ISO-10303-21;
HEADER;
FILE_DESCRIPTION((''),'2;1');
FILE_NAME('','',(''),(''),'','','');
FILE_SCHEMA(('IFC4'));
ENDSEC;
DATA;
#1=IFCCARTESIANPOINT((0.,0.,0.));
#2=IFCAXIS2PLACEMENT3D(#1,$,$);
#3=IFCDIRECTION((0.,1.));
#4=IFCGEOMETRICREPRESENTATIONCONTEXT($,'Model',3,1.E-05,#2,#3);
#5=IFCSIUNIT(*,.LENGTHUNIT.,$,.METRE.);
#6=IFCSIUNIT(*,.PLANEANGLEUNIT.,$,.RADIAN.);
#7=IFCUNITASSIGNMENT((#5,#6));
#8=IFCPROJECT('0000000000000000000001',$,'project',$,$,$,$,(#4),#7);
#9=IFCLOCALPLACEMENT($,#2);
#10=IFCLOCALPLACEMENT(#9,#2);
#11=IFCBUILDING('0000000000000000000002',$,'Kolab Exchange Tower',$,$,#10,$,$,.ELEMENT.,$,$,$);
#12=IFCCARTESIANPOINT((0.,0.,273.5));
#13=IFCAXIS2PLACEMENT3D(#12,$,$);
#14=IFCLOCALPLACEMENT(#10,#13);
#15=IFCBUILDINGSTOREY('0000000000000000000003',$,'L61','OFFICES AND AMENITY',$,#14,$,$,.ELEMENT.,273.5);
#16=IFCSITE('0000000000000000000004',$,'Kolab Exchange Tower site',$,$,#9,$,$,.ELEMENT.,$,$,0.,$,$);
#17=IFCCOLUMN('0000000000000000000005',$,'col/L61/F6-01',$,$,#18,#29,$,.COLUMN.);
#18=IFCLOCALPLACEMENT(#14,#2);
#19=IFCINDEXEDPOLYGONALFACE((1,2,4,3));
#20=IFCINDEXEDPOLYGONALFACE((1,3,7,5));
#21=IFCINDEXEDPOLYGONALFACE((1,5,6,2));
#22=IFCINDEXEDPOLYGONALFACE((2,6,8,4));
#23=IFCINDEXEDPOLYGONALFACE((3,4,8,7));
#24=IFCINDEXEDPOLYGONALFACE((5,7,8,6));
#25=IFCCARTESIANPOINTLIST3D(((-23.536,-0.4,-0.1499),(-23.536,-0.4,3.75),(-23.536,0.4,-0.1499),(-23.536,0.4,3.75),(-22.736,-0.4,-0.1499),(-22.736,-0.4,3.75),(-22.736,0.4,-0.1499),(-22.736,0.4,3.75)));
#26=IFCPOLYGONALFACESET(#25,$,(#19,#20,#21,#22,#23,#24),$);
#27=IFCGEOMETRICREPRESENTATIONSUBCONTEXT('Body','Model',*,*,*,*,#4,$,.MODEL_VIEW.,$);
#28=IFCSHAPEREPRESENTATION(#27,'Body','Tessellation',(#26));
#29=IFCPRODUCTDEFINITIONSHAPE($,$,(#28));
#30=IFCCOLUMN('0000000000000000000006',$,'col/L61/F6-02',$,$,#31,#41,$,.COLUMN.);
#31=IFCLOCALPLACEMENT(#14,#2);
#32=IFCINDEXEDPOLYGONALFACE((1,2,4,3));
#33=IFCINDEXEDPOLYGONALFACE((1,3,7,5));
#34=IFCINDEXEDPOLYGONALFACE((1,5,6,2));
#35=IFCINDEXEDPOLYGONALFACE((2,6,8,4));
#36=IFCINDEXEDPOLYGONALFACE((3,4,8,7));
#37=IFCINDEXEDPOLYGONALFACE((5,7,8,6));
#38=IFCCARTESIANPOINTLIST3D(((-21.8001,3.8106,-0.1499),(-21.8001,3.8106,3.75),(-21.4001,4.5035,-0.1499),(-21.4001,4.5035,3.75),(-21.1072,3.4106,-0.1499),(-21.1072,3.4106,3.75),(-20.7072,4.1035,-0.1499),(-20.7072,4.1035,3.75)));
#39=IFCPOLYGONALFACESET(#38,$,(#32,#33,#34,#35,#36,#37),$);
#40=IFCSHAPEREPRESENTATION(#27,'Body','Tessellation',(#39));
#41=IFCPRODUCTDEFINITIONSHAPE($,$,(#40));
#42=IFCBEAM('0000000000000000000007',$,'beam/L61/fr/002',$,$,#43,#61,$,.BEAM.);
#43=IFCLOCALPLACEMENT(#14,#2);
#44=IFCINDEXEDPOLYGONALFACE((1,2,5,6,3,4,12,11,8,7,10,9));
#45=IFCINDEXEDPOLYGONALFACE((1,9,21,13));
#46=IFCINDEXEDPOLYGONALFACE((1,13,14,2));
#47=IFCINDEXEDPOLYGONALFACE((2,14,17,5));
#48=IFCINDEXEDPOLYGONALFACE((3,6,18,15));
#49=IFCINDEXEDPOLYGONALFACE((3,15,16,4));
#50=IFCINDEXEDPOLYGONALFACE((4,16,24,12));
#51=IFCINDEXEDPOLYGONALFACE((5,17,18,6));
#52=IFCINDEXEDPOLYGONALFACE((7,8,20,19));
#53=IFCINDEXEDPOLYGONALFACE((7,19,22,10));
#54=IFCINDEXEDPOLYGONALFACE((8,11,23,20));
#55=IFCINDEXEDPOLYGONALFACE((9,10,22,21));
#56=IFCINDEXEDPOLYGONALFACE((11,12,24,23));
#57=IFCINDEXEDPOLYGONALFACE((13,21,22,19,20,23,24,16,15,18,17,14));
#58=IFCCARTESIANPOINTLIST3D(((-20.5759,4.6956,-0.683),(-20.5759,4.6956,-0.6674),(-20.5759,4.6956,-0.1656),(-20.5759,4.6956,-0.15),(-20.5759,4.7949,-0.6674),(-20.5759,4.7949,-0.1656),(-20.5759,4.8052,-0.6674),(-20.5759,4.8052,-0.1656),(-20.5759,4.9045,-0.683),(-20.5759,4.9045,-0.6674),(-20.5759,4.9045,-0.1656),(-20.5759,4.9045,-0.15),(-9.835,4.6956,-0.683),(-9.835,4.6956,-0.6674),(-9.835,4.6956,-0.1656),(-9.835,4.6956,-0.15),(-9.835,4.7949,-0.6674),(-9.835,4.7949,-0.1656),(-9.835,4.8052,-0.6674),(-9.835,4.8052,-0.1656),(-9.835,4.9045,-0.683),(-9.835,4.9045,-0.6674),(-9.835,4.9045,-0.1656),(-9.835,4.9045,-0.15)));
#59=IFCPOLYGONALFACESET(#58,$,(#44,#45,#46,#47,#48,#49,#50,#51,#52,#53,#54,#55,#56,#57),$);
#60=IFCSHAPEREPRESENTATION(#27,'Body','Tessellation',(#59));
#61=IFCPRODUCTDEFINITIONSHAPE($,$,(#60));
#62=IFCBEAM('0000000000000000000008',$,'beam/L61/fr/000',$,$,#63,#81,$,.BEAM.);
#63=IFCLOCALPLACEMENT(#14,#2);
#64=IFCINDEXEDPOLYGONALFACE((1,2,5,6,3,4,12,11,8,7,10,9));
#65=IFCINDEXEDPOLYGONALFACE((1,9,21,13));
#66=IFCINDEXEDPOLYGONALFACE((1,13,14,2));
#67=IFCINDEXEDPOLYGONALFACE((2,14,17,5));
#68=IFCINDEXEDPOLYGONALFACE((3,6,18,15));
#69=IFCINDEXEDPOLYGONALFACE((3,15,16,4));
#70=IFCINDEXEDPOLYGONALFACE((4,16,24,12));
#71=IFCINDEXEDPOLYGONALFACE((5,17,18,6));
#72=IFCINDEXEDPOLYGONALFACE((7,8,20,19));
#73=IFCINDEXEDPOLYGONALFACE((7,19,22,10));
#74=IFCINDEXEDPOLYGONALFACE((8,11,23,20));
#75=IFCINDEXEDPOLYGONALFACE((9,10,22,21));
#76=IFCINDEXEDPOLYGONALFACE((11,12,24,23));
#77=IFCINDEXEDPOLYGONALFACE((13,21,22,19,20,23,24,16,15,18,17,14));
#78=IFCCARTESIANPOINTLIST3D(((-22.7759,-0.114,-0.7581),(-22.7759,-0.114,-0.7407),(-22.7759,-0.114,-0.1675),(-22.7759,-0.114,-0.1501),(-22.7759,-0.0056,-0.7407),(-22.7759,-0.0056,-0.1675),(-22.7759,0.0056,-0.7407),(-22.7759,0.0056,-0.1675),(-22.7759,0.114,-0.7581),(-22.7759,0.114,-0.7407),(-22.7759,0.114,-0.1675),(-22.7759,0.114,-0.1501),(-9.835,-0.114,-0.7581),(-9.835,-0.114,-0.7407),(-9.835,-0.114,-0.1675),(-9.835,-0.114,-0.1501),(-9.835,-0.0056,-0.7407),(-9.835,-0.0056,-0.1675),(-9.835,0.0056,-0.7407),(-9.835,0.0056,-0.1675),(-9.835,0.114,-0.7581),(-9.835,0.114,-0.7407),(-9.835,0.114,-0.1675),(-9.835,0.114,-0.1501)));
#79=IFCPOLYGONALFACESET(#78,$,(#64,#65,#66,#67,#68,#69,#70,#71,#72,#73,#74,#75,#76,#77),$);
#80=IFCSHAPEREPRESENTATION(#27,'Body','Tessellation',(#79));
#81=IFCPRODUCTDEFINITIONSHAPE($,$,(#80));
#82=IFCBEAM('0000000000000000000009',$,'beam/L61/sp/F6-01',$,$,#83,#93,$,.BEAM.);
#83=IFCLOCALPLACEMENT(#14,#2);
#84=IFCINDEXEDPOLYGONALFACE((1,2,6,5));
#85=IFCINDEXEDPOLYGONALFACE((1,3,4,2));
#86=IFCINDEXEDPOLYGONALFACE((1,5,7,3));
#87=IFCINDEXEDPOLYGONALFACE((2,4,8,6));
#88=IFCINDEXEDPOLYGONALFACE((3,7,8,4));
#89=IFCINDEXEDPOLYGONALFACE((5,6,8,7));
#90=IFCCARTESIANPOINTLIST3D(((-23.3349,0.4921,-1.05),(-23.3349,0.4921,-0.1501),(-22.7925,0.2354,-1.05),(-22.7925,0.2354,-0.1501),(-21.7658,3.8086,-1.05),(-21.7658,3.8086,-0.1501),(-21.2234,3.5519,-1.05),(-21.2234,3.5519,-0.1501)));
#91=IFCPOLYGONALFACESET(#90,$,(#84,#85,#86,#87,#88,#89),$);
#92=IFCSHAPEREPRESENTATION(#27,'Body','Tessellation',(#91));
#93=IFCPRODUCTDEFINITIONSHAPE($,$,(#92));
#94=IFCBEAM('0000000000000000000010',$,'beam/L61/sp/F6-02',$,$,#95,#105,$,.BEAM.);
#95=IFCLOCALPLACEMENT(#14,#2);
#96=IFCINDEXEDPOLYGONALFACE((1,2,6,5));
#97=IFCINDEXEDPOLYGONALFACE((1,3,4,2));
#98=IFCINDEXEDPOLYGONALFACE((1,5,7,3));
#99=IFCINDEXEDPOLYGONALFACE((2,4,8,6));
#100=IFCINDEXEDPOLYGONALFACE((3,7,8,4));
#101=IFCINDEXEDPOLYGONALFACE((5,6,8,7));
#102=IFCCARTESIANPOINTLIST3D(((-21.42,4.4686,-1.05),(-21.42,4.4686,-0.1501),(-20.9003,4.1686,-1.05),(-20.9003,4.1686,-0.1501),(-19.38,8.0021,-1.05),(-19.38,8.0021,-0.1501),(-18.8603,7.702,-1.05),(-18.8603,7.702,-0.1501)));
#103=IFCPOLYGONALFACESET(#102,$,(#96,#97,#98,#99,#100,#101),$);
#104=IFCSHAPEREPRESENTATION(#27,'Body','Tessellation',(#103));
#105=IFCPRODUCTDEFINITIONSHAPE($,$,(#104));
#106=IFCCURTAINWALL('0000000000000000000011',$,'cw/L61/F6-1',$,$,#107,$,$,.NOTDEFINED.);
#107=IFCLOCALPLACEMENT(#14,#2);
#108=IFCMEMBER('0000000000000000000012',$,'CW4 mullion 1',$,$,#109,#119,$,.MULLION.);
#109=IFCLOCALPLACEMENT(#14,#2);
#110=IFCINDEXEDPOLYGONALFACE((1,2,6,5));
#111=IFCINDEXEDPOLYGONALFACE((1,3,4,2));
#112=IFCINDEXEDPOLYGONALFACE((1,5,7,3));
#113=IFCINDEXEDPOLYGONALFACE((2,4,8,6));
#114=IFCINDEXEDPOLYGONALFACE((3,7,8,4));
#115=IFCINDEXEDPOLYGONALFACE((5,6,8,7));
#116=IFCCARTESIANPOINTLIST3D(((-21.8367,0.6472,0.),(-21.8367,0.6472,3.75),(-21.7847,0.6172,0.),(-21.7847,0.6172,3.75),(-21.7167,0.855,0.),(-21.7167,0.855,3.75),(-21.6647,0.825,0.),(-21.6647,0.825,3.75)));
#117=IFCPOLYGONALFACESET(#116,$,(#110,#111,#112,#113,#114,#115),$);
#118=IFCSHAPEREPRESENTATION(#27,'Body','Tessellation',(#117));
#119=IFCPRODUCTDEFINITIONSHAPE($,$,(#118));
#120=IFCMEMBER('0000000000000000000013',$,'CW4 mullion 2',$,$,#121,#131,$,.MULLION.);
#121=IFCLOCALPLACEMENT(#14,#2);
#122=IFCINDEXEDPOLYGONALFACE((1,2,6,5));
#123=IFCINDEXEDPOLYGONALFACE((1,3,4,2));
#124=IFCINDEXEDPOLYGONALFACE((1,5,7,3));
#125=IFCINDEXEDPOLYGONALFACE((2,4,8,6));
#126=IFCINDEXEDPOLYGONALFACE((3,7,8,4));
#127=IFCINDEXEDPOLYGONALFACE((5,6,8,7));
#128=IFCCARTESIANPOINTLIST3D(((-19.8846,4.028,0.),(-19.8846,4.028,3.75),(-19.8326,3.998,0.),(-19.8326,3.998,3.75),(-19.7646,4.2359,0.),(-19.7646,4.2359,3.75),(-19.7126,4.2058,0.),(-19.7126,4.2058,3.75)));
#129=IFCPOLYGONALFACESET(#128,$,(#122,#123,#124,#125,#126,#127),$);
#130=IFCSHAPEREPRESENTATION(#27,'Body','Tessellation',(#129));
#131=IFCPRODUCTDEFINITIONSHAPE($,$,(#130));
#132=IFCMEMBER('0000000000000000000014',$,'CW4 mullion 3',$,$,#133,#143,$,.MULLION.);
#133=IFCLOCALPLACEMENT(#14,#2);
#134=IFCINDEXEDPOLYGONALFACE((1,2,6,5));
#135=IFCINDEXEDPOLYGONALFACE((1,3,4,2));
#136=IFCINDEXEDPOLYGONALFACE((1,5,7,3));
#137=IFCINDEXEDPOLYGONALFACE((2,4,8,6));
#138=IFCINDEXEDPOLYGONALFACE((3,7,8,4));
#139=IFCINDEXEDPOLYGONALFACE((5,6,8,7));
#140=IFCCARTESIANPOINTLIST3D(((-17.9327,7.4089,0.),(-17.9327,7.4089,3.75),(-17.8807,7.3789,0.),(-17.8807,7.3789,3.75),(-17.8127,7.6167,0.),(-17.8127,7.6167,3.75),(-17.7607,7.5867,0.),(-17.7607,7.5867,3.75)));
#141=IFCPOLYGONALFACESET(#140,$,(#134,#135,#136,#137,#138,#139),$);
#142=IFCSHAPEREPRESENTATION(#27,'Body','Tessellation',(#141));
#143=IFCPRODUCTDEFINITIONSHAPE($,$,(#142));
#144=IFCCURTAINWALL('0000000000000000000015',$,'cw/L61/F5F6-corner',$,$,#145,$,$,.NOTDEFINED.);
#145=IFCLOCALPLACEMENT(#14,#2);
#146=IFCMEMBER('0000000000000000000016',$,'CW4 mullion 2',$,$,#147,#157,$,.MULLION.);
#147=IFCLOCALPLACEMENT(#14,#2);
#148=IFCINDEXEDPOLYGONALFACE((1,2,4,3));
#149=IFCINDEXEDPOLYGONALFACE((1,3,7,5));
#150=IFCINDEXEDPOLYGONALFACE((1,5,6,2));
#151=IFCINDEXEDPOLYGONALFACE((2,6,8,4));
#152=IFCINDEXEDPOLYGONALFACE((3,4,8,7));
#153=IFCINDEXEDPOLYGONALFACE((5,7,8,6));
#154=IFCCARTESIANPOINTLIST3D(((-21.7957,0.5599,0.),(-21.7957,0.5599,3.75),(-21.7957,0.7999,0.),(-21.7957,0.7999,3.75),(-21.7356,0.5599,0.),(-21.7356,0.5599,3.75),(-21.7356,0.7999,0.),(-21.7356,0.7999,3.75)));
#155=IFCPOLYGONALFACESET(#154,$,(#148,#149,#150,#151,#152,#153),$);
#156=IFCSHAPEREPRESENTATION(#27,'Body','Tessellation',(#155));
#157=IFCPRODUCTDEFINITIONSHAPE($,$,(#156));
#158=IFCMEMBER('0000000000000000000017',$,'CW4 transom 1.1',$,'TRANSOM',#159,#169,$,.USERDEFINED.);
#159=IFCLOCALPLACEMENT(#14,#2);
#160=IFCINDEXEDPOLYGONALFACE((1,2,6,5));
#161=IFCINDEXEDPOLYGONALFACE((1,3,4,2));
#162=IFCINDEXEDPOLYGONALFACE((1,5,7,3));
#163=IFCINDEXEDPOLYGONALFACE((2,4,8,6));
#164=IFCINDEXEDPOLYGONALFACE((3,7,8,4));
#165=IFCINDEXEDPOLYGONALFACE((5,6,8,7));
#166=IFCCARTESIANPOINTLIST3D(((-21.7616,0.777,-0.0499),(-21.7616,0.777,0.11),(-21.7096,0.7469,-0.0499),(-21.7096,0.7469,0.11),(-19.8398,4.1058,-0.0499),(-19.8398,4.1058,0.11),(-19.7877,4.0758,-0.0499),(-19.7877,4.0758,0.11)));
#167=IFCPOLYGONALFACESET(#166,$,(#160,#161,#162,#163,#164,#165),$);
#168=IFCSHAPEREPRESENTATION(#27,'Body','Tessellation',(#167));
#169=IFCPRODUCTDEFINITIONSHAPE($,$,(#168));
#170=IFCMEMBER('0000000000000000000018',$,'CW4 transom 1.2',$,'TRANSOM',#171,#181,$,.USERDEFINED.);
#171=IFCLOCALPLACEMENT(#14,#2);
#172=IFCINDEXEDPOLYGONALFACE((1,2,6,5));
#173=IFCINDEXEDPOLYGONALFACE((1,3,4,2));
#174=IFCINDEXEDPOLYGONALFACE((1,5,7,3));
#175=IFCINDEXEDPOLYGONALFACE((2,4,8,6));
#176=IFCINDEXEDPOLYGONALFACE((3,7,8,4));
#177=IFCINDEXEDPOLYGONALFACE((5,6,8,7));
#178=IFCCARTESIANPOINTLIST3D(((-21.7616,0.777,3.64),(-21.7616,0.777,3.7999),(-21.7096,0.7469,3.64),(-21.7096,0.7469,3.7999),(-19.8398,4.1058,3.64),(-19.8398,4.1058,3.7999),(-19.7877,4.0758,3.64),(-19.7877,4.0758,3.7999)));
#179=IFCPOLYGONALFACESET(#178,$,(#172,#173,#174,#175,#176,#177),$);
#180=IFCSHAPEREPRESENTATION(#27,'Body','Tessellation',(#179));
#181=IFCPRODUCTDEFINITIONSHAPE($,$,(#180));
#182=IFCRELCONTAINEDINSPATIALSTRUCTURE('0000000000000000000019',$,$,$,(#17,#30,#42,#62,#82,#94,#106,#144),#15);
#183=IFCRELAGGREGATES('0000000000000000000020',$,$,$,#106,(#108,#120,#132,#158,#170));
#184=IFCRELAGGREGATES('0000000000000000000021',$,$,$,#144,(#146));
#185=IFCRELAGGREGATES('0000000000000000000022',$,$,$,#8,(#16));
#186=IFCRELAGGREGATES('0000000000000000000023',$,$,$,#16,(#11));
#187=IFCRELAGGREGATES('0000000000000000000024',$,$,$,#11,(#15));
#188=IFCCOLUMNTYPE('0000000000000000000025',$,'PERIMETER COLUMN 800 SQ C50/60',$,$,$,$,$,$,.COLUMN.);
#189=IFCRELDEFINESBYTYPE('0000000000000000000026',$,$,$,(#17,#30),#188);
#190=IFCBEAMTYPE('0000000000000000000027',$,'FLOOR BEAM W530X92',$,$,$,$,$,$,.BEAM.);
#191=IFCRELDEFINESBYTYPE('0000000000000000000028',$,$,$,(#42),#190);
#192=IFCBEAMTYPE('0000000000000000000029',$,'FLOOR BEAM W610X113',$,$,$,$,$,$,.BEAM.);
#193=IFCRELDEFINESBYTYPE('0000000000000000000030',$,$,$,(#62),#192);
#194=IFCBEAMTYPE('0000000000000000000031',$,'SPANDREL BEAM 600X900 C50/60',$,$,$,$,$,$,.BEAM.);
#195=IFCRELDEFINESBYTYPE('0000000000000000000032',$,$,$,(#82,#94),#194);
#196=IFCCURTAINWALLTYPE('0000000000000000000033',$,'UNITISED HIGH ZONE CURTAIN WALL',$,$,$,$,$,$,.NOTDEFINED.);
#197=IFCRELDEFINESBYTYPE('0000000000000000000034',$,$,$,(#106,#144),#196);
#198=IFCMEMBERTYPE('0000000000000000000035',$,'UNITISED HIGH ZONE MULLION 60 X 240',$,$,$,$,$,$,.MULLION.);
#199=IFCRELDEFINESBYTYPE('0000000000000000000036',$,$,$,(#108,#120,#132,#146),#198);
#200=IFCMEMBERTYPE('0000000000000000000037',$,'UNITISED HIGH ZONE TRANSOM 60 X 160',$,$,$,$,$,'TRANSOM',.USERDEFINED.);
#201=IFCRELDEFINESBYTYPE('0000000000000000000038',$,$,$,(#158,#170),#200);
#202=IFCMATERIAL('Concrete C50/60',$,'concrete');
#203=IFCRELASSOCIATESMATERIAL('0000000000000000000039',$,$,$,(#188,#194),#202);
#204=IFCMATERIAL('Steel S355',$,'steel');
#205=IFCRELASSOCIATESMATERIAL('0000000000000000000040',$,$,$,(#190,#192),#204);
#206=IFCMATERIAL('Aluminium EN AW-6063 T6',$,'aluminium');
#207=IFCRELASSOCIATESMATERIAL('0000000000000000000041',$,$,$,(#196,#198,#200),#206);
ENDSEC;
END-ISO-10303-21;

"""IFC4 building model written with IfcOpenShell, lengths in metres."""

from ifc_helpers import new_model, si_unit, direction, frame, origin, origin_2d, place, context, subcontext, project, spatial, rectangle, i_section, extrude, material, material_profile, profile_set, type_object, element, aggregate, save


model = new_model("IFC4")

# Units and contexts
model_context = context("Model", 3, precision=1e-05, world=origin(), true_north=direction((0.0, 1.0)))
body_context = subcontext(model_context, "Body", "Model", "MODEL_VIEW")
ifc_project = project(units=[si_unit("LENGTHUNIT", "METRE"), si_unit("PLANEANGLEUNIT", "RADIAN")], contexts=[model_context])

# Site, building, storey
site_placement = place(None, origin())
site = spatial("IfcSite", under=ifc_project, at=site_placement, Name="Kolab Exchange Tower site", CompositionType="ELEMENT", RefElevation=0.0)
building_placement = place(site_placement, origin())
building = spatial("IfcBuilding", under=site, at=building_placement, Name="Kolab Exchange Tower", CompositionType="ELEMENT")
storey_placement = place(building_placement, frame((0.0, 0.0, 273.5)))
storey = spatial("IfcBuildingStorey", under=building, at=storey_placement, Name="L61", Description="OFFICES AND AMENITY", CompositionType="ELEMENT", Elevation=273.5)

# Columns
ifc_material_1 = material(Name="Concrete C50/60", Category="concrete")
ifc_material_profile_1 = material_profile(ifc_material_1, rectangle(XDim=0.8, YDim=0.8, at=origin_2d()), Name="RC800")
ifc_profile_set_1 = profile_set([ifc_material_profile_1], Name="Concrete C50/60")
column_type = type_object("IfcColumnType", Name="PERIMETER COLUMN 800 SQ C50/60", PredefinedType="COLUMN", material=ifc_profile_set_1)
for number, where, z_axis, x_axis, name in (
    (1, (-23.136, 0.0, -0.1499), (0.0, 0.0, 1.0), (1.0, 0.0, 0.0), "col/L61/F6-01"),
    (2, (-21.2537, 3.957, -0.1499), (0.0, 0.0, 1.0), (0.5, 0.866025, 0.0), "col/L61/F6-02"),
):
    element("IfcColumn", number, at=place(storey_placement, frame(where, z_axis=z_axis, x_axis=x_axis)), inside=storey, type_object=column_type, Name=name, PredefinedType="COLUMN", context=body_context, shape_type="SweptSolid", body=[
        extrude(rectangle(XDim=0.8, YDim=0.8, at=origin_2d()), origin(), (0.0, 0.0, 1.0), 3.8999),
    ])

# Beams
ifc_material_2 = material(Name="Steel S355", Category="steel")
ifc_material_profile_2 = material_profile(ifc_material_2, i_section(OverallWidth=0.209, OverallDepth=0.533, WebThickness=0.0103, FlangeThickness=0.0156, at=origin_2d()), Name="W530X92")
ifc_profile_set_2 = profile_set([ifc_material_profile_2], Name="Steel S355")
beam_type_1 = type_object("IfcBeamType", Name="FLOOR BEAM W530X92", PredefinedType="BEAM", material=ifc_profile_set_2)
beam_1_placement = place(storey_placement, frame((-20.5759, 4.8, -0.4165), z_axis=(1.0, 0.0, 0.0), x_axis=(0.0, 1.0, 0.0)))
element("IfcBeam", 3, at=beam_1_placement, inside=storey, type_object=beam_type_1, Name="beam/L61/fr/002", PredefinedType="BEAM", context=body_context, shape_type="SweptSolid", body=[
    extrude(i_section(OverallWidth=0.209, OverallDepth=0.533, WebThickness=0.0103, FlangeThickness=0.0156, at=origin_2d()), origin(), (0.0, 0.0, 1.0), 10.741),
])
ifc_material_profile_3 = material_profile(ifc_material_2, i_section(OverallWidth=0.228, OverallDepth=0.6079, WebThickness=0.0112, FlangeThickness=0.0173, at=origin_2d()), Name="W610X113")
ifc_profile_set_3 = profile_set([ifc_material_profile_3], Name="Steel S355")
beam_type_2 = type_object("IfcBeamType", Name="FLOOR BEAM W610X113", PredefinedType="BEAM", material=ifc_profile_set_3)
beam_2_placement = place(storey_placement, frame((-22.7759, 0.0, -0.4541), z_axis=(1.0, 0.0, 0.0), x_axis=(0.0, 1.0, 0.0)))
element("IfcBeam", 4, at=beam_2_placement, inside=storey, type_object=beam_type_2, Name="beam/L61/fr/000", PredefinedType="BEAM", context=body_context, shape_type="SweptSolid", body=[
    extrude(i_section(OverallWidth=0.228, OverallDepth=0.6079, WebThickness=0.0112, FlangeThickness=0.0173, at=origin_2d()), origin(), (0.0, 0.0, 1.0), 12.9409),
])
ifc_material_profile_4 = material_profile(ifc_material_1, rectangle(XDim=0.6001, YDim=0.8999, at=origin_2d()), Name="RC600X900")
ifc_profile_set_4 = profile_set([ifc_material_profile_4], Name="Concrete C50/60")
beam_type_3 = type_object("IfcBeamType", Name="SPANDREL BEAM 600X900 C50/60", PredefinedType="BEAM", material=ifc_profile_set_4)
beam_3_placement = place(storey_placement, frame((-23.0637, 0.3638, -0.6001), z_axis=(0.427677, 0.903932, 0.0), x_axis=(-0.903932, 0.427677, 0.0)))
element("IfcBeam", 5, at=beam_3_placement, inside=storey, type_object=beam_type_3, Name="beam/L61/sp/F6-01", PredefinedType="BEAM", context=body_context, shape_type="SweptSolid", body=[
    extrude(rectangle(XDim=0.6001, YDim=0.8999, at=origin_2d()), origin(), (0.0, 0.0, 1.0), 3.6689),
])
beam_4_placement = place(storey_placement, frame((-21.1602, 4.3186, -0.6001), z_axis=(0.5, 0.866025, 0.0), x_axis=(-0.866025, 0.5, 0.0)))
element("IfcBeam", 6, at=beam_4_placement, inside=storey, type_object=beam_type_3, Name="beam/L61/sp/F6-02", PredefinedType="BEAM", context=body_context, shape_type="SweptSolid", body=[
    extrude(rectangle(XDim=0.6001, YDim=0.8999, at=origin_2d()), origin(), (0.0, 0.0, 1.0), 4.0801),
])

# Curtain wall, members
ifc_material_3 = material(Name="Aluminium EN AW-6063 T6", Category="aluminium")
curtain_wall_type = type_object("IfcCurtainWallType", Name="UNITISED HIGH ZONE CURTAIN WALL", PredefinedType="NOTDEFINED", material=ifc_material_3)
curtain_wall_1_placement = place(storey_placement, origin())
curtain_wall_1 = element("IfcCurtainWall", 7, at=curtain_wall_1_placement, inside=storey, type_object=curtain_wall_type, Name="cw/L61/F6-1", PredefinedType="NOTDEFINED")
ifc_material_profile_5 = material_profile(ifc_material_3, rectangle(XDim=0.0601, YDim=0.24, at=origin_2d()), Name="RECT 60X240")
ifc_profile_set_5 = profile_set([ifc_material_profile_5], Name="Aluminium EN AW-6063 T6")
member_type_1 = type_object("IfcMemberType", Name="UNITISED HIGH ZONE MULLION 60 X 240", PredefinedType="MULLION", material=ifc_profile_set_5)
member_1_placement = place(storey_placement, frame((-21.7507, 0.7361, 0.0), z_axis=(0.0, 0.0, 1.0), x_axis=(-0.866025, 0.5, 0.0)))
member_1 = element("IfcMember", 8, at=member_1_placement, type_object=member_type_1, Name="CW4 mullion 1", PredefinedType="MULLION", context=body_context, shape_type="SweptSolid", body=[
    extrude(rectangle(XDim=0.0601, YDim=0.24, at=origin_2d()), origin(), (0.0, 0.0, 1.0), 3.75),
])
member_2_placement = place(storey_placement, frame((-19.7986, 4.1169, 0.0), z_axis=(0.0, 0.0, 1.0), x_axis=(-0.866025, 0.5, 0.0)))
member_2 = element("IfcMember", 9, at=member_2_placement, type_object=member_type_1, Name="CW4 mullion 2", PredefinedType="MULLION", context=body_context, shape_type="SweptSolid", body=[
    extrude(rectangle(XDim=0.0601, YDim=0.24, at=origin_2d()), origin(), (0.0, 0.0, 1.0), 3.75),
])
member_3_placement = place(storey_placement, frame((-17.8467, 7.4978, 0.0), z_axis=(0.0, 0.0, 1.0), x_axis=(-0.866025, 0.5, 0.0)))
member_3 = element("IfcMember", 10, at=member_3_placement, type_object=member_type_1, Name="CW4 mullion 3", PredefinedType="MULLION", context=body_context, shape_type="SweptSolid", body=[
    extrude(rectangle(XDim=0.0601, YDim=0.24, at=origin_2d()), origin(), (0.0, 0.0, 1.0), 3.75),
])

# Curtain wall, member
curtain_wall_2_placement = place(storey_placement, origin())
curtain_wall_2 = element("IfcCurtainWall", 11, at=curtain_wall_2_placement, inside=storey, type_object=curtain_wall_type, Name="cw/L61/F5F6-corner", PredefinedType="NOTDEFINED")
member_4_placement = place(storey_placement, frame((-21.7656, 0.6799, 0.0), z_axis=(0.0, 0.0, 1.0), x_axis=(-1.0, 0.0, 0.0)))
member_4 = element("IfcMember", 12, at=member_4_placement, type_object=member_type_1, Name="CW4 mullion 2", PredefinedType="MULLION", context=body_context, shape_type="SweptSolid", body=[
    extrude(rectangle(XDim=0.0601, YDim=0.24, at=origin_2d()), origin(), (0.0, 0.0, 1.0), 3.75),
])

# Members
ifc_material_profile_6 = material_profile(ifc_material_3, rectangle(XDim=0.0601, YDim=0.1599, at=origin_2d()), Name="RECT 60X160")
ifc_profile_set_6 = profile_set([ifc_material_profile_6], Name="Aluminium EN AW-6063 T6")
member_type_2 = type_object("IfcMemberType", Name="UNITISED HIGH ZONE TRANSOM 60 X 160", ElementType="TRANSOM", PredefinedType="USERDEFINED", material=ifc_profile_set_6)
member_5_placement = place(storey_placement, frame((-21.7356, 0.762, 0.03), z_axis=(0.499992, 0.86603, 0.0), x_axis=(-0.86603, 0.499992, 0.0)))
member_5 = element("IfcMember", 13, at=member_5_placement, type_object=member_type_2, Name="CW4 transom 1.1", ObjectType="TRANSOM", PredefinedType="USERDEFINED", context=body_context, shape_type="SweptSolid", body=[
    extrude(rectangle(XDim=0.0601, YDim=0.1599, at=origin_2d()), origin(), (0.0, 0.0, 1.0), 3.8438),
])
member_6_placement = place(storey_placement, frame((-21.7356, 0.762, 3.72), z_axis=(0.499992, 0.86603, 0.0), x_axis=(-0.86603, 0.499992, 0.0)))
member_6 = element("IfcMember", 14, at=member_6_placement, type_object=member_type_2, Name="CW4 transom 1.2", ObjectType="TRANSOM", PredefinedType="USERDEFINED", context=body_context, shape_type="SweptSolid", body=[
    extrude(rectangle(XDim=0.0601, YDim=0.1599, at=origin_2d()), origin(), (0.0, 0.0, 1.0), 3.8438),
])

aggregate(curtain_wall_1, [member_1, member_2, member_3, member_5, member_6])
aggregate(curtain_wall_2, [member_4])

save(model, "model.ifc")
